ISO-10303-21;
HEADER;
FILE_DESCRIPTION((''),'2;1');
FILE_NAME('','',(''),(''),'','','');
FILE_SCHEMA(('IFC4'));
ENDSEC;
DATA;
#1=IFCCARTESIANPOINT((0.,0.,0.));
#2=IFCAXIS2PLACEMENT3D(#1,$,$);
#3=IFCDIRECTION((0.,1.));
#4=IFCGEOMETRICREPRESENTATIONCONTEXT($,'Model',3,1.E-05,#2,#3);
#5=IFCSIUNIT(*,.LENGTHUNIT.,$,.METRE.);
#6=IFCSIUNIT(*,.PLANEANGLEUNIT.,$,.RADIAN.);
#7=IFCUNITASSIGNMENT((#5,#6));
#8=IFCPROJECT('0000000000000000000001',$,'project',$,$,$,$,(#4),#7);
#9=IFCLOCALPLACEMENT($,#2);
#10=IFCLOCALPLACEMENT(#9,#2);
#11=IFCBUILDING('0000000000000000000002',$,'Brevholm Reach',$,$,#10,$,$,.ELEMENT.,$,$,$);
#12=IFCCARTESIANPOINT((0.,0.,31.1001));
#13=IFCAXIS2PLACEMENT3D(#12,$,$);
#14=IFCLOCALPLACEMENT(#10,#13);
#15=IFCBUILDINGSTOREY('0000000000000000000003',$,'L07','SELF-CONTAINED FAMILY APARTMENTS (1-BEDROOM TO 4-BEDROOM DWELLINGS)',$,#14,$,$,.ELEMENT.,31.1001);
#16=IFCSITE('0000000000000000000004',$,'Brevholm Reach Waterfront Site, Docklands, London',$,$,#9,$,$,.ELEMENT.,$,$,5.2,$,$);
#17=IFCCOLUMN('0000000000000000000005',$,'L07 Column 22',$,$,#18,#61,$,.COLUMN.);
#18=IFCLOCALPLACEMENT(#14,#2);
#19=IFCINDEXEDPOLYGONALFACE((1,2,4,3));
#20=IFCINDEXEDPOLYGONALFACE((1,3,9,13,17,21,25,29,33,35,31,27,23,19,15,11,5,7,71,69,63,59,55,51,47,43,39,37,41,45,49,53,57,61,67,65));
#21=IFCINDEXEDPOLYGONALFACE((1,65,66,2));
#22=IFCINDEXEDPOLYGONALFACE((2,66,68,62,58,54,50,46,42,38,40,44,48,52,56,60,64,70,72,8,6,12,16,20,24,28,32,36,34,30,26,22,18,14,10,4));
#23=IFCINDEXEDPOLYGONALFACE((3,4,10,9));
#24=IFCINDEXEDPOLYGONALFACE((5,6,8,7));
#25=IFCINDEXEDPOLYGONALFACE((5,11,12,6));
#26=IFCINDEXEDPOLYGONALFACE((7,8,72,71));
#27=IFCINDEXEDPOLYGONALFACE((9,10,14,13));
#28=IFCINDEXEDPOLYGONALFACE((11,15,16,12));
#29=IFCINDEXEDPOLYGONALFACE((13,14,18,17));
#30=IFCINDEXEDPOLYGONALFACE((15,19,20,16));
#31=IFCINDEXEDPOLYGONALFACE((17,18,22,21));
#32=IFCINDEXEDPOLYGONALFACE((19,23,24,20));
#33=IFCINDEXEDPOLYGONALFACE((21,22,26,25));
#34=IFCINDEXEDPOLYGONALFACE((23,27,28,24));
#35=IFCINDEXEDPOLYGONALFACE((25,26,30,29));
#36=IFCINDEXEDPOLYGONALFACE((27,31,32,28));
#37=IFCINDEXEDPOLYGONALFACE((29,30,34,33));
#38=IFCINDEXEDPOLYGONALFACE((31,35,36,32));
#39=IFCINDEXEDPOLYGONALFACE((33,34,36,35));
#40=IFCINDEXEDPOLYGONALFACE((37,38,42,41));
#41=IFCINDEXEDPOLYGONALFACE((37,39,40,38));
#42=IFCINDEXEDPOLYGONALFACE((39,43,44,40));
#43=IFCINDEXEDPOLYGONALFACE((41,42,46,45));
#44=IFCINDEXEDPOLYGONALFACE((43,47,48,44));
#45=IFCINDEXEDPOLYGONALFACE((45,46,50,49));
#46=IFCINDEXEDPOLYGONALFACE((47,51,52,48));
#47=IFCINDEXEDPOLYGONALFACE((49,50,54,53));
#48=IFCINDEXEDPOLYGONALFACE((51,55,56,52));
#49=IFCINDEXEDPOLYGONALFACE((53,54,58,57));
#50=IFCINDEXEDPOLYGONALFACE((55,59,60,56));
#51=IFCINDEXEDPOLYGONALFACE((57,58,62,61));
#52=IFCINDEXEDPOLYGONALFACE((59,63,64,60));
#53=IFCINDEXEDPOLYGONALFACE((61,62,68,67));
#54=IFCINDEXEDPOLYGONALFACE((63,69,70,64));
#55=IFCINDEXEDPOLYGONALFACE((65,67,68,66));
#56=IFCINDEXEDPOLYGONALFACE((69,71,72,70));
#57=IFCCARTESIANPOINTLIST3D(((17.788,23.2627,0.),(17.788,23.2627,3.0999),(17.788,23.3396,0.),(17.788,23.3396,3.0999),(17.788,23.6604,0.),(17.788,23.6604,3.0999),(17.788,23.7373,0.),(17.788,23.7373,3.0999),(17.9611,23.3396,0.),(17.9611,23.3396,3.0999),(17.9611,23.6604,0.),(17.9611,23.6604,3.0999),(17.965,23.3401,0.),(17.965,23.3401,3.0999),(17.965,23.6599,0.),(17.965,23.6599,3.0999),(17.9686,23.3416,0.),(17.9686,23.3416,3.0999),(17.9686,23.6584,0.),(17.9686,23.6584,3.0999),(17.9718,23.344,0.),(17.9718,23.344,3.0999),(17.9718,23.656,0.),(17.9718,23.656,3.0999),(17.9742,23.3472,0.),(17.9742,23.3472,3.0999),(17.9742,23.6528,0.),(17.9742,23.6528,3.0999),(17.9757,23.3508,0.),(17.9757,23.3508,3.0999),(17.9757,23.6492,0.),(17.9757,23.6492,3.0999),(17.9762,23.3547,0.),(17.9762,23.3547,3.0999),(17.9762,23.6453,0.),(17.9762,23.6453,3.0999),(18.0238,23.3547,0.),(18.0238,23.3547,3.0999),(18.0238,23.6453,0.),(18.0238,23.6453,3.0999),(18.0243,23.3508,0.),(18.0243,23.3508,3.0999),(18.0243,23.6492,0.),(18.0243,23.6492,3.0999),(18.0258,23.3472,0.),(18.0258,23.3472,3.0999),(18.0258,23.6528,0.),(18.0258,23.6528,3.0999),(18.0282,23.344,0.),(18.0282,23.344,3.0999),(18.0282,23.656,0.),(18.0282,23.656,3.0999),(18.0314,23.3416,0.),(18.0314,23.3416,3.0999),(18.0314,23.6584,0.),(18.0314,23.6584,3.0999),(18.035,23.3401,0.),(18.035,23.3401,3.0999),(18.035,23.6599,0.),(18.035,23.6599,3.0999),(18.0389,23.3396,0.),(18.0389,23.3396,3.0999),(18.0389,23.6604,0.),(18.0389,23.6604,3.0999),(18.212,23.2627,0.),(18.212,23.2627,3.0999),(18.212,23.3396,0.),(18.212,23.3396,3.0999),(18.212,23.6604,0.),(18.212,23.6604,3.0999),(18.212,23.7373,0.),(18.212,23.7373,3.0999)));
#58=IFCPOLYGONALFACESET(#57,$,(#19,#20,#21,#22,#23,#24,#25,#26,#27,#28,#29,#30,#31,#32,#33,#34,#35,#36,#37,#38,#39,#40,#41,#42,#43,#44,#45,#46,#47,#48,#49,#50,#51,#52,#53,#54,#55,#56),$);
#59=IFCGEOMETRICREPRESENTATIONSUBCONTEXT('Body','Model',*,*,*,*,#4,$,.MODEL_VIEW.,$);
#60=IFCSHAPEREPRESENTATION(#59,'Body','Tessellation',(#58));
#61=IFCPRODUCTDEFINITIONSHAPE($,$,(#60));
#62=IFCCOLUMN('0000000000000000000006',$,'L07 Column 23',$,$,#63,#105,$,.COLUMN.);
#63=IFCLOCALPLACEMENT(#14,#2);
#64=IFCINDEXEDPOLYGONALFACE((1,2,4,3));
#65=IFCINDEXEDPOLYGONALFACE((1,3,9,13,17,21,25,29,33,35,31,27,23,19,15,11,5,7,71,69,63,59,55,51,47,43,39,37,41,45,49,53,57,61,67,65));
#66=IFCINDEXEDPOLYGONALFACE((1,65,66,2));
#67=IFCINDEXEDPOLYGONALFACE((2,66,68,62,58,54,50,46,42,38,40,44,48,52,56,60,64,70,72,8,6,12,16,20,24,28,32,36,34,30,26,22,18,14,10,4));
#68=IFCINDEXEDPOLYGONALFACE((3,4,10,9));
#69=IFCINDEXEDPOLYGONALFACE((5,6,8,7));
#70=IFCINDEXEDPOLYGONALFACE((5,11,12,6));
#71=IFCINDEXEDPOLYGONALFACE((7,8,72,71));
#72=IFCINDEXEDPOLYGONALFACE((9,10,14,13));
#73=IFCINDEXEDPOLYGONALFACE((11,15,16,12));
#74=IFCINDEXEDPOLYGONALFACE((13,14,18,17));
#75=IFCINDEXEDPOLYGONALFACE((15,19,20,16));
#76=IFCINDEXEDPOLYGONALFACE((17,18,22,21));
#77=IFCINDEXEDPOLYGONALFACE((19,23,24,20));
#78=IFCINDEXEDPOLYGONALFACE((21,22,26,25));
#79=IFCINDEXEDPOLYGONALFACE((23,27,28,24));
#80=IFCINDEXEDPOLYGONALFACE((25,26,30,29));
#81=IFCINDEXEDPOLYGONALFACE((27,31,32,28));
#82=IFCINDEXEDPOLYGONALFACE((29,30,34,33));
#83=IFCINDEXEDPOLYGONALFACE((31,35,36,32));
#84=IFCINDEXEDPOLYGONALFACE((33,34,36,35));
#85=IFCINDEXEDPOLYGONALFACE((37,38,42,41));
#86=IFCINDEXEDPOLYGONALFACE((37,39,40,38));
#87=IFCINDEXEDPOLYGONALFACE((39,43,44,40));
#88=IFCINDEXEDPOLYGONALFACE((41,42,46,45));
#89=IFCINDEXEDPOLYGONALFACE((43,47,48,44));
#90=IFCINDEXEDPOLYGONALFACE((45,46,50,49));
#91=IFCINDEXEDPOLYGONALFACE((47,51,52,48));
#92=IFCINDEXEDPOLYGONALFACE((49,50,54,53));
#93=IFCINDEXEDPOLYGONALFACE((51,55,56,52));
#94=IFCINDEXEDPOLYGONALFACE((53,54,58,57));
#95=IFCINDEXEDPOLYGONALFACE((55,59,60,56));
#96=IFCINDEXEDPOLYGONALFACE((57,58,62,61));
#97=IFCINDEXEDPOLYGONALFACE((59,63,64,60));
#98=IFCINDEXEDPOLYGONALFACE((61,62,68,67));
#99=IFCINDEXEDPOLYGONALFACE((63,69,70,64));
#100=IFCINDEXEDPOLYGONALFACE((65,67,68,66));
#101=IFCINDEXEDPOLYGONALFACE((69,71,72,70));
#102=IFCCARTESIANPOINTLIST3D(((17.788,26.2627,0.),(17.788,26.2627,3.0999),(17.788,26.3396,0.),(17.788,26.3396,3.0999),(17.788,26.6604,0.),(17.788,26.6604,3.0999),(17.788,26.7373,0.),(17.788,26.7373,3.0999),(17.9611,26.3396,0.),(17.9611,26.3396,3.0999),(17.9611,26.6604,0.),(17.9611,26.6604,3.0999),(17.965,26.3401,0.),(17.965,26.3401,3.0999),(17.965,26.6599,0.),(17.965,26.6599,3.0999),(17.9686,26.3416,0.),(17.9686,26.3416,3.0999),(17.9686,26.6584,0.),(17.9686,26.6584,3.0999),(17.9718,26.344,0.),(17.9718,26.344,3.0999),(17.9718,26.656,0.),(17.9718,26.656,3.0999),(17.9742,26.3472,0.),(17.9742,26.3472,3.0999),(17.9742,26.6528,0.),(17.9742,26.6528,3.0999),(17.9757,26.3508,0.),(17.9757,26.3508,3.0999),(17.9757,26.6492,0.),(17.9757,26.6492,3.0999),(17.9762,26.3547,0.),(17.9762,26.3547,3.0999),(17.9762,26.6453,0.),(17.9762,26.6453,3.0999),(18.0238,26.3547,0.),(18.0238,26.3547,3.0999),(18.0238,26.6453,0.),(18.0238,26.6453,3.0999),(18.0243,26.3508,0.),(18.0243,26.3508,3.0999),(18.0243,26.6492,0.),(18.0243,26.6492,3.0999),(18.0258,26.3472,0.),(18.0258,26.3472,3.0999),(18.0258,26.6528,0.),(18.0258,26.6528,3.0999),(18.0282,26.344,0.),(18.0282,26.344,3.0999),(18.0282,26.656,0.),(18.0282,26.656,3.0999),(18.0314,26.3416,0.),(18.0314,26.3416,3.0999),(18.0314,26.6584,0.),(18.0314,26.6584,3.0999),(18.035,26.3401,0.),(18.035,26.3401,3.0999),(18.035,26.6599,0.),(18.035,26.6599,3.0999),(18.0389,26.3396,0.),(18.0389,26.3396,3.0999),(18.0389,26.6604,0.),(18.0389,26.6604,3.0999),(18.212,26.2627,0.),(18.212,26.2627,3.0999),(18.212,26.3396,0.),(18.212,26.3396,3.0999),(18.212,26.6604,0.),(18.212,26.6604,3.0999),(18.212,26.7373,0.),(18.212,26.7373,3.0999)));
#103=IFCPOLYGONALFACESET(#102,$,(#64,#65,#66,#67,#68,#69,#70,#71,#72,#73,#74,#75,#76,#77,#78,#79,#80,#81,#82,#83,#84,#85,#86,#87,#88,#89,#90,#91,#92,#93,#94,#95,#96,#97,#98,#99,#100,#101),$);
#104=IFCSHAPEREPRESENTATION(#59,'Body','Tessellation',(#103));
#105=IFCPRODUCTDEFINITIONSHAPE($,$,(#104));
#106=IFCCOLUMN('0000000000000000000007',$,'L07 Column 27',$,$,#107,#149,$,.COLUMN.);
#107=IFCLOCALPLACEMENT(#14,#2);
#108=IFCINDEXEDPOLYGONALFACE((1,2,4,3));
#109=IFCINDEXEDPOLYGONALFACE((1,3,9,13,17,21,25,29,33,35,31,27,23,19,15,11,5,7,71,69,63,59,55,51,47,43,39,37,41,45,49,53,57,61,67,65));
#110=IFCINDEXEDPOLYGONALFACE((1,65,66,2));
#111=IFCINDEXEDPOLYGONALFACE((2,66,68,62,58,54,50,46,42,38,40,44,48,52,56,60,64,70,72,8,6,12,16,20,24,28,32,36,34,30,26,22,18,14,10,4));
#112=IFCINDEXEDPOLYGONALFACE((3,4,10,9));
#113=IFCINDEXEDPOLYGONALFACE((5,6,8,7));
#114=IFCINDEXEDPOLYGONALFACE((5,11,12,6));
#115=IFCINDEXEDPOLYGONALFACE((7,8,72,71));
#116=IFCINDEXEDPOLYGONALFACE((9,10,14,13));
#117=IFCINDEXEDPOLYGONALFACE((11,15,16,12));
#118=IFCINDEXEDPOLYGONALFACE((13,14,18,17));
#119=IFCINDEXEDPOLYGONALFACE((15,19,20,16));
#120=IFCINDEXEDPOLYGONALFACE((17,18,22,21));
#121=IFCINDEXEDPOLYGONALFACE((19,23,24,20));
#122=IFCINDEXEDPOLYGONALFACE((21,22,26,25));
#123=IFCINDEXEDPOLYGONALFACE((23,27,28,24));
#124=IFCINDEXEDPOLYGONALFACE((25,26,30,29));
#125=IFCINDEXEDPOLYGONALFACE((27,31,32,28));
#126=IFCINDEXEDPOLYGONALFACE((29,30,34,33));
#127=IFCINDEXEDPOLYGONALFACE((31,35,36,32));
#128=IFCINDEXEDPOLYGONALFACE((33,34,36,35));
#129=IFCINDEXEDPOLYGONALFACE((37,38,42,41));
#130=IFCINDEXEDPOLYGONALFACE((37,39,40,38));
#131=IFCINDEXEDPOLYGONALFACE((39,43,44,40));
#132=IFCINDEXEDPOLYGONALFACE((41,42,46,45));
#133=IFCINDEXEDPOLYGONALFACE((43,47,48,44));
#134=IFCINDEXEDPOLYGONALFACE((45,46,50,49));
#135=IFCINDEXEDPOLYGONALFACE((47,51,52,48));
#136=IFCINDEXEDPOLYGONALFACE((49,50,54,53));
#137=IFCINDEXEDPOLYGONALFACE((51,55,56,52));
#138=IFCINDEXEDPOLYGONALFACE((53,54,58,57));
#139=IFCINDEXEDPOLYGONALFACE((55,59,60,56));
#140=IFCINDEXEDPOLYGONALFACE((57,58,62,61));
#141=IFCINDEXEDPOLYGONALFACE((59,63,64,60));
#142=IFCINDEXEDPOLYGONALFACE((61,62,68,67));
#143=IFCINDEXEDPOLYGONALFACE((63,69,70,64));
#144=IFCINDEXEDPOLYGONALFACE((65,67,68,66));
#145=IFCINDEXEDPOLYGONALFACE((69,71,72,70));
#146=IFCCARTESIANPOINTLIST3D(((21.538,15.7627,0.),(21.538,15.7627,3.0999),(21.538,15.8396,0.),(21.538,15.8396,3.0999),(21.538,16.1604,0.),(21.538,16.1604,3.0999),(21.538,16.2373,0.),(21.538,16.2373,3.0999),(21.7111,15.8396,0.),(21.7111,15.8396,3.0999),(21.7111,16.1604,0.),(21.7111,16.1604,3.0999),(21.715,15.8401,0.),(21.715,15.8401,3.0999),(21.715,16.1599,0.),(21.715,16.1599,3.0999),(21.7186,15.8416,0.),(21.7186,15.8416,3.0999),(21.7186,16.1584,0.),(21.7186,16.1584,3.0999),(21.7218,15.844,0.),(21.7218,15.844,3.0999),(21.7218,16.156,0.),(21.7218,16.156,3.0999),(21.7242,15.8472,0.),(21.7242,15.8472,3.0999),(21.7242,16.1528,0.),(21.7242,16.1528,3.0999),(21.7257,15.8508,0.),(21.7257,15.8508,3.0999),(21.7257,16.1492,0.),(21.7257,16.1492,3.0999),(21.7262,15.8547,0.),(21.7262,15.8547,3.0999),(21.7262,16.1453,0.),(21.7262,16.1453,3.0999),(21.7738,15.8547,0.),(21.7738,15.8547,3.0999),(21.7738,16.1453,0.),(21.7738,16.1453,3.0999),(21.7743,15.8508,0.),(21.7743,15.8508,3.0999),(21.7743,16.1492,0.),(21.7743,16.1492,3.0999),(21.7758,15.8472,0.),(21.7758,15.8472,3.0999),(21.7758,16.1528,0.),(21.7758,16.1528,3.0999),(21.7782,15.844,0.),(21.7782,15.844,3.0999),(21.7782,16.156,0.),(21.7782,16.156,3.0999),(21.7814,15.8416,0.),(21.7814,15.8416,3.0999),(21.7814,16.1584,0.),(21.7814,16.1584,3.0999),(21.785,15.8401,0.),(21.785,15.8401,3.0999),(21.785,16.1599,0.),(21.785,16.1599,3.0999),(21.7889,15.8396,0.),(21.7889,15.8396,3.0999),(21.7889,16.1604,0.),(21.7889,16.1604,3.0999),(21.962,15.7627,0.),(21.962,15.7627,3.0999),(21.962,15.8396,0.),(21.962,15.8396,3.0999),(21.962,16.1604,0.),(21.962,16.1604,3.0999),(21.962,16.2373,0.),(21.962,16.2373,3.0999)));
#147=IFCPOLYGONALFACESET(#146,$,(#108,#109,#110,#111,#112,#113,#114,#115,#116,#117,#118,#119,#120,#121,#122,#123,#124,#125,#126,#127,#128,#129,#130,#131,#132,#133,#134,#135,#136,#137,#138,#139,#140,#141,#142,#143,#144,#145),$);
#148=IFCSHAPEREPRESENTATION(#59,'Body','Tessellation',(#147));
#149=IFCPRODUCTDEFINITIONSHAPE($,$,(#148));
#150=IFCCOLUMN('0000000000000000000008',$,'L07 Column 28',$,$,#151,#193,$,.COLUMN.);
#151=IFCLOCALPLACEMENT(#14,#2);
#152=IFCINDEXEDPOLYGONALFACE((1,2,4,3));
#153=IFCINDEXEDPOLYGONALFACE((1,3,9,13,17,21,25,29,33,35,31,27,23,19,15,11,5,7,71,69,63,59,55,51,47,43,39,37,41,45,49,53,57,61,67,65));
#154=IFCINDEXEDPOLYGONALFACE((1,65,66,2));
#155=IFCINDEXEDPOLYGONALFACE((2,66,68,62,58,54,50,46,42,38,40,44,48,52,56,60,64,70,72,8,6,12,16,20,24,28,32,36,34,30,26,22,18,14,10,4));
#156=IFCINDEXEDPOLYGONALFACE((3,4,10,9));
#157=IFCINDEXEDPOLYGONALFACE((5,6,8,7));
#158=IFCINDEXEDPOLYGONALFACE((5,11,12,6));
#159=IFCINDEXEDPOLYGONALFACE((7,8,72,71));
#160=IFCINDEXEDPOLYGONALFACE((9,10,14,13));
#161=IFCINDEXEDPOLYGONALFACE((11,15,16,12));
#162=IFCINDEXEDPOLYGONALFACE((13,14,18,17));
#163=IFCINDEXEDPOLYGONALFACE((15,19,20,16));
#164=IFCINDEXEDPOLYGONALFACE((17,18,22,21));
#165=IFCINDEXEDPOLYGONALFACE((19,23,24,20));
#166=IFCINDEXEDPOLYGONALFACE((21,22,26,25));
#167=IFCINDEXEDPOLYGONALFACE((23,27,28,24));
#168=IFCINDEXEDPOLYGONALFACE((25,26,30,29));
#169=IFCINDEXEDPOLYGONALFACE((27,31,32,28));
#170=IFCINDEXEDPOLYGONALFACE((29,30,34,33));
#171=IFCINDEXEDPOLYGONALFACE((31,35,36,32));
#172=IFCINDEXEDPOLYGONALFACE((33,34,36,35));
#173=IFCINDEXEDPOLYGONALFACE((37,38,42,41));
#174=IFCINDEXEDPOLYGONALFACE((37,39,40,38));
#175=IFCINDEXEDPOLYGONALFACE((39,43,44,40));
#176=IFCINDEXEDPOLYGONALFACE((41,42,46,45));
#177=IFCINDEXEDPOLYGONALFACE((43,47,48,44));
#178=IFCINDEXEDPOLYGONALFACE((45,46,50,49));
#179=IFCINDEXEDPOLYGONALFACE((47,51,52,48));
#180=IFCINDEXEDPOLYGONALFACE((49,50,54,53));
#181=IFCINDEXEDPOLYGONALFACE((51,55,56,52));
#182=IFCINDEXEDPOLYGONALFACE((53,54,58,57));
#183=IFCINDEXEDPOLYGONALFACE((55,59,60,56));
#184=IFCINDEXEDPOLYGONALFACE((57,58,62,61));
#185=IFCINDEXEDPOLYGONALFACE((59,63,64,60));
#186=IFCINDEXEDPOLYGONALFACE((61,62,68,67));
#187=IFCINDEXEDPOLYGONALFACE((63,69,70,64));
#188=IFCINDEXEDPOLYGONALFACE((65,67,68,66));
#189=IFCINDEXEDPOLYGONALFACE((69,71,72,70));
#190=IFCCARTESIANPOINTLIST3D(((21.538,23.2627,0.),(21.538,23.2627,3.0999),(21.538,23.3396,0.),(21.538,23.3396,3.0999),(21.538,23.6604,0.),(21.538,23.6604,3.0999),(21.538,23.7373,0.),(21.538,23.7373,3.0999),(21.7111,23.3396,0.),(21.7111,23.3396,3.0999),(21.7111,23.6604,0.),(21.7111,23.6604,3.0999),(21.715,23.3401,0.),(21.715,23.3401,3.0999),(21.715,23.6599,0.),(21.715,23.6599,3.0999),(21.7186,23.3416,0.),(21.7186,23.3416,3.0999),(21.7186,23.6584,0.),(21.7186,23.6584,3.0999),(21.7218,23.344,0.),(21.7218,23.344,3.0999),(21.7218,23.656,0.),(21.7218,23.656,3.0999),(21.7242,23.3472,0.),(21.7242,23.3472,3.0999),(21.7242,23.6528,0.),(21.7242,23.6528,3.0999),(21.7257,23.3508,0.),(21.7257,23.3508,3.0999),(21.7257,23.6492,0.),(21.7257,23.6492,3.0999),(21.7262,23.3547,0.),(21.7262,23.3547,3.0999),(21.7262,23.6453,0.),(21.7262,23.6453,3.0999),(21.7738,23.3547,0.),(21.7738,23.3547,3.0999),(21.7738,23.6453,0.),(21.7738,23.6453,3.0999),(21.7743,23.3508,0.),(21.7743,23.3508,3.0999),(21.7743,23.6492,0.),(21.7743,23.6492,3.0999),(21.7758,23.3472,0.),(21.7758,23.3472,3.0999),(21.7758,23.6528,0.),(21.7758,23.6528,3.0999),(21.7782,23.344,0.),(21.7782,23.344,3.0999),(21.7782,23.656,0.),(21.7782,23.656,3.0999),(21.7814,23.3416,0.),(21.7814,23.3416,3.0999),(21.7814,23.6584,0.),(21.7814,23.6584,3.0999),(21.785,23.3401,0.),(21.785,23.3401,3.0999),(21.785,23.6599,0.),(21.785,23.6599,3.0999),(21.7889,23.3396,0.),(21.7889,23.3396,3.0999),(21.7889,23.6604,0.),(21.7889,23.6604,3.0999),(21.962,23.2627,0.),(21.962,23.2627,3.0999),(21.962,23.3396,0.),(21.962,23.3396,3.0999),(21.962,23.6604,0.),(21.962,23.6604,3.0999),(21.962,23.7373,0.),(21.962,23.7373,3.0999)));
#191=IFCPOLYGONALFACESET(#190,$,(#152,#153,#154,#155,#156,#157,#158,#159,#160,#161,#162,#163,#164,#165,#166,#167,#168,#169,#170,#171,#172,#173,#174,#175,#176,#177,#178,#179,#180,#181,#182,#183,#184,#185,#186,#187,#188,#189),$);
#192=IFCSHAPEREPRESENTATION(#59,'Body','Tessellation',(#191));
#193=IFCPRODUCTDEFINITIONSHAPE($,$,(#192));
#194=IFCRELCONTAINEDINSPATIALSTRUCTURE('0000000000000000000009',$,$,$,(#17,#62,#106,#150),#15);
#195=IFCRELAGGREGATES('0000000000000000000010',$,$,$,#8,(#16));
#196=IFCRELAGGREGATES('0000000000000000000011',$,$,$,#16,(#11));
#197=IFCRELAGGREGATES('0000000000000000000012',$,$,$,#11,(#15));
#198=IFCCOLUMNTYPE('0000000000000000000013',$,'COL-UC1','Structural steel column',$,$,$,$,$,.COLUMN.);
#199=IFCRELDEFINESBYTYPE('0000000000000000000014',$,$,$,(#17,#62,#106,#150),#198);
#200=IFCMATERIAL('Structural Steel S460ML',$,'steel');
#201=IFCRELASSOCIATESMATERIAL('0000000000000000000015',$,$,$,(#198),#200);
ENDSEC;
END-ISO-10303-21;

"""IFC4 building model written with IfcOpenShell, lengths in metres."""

from ifc_helpers import new_model, si_unit, direction, frame, origin, origin_2d, place, context, subcontext, project, spatial, i_section, extrude, material, material_profile, profile_set, type_object, element, save


model = new_model("IFC4")

# Units and contexts
model_context = context("Model", 3, precision=1e-05, world=origin(), true_north=direction((0.0, 1.0)))
body_context = subcontext(model_context, "Body", "Model", "MODEL_VIEW")
ifc_project = project(units=[si_unit("LENGTHUNIT", "METRE"), si_unit("PLANEANGLEUNIT", "RADIAN")], contexts=[model_context])

# Site, building, storey
site_placement = place(None, origin())
site = spatial("IfcSite", under=ifc_project, at=site_placement, Name="Brevholm Reach Waterfront Site, Docklands, London", CompositionType="ELEMENT", RefElevation=5.2)
building_placement = place(site_placement, origin())
building = spatial("IfcBuilding", under=site, at=building_placement, Name="Brevholm Reach", CompositionType="ELEMENT")
storey_placement = place(building_placement, frame((0.0, 0.0, 31.1001)))
storey = spatial("IfcBuildingStorey", under=building, at=storey_placement, Name="L07", Description="SELF-CONTAINED FAMILY APARTMENTS (1-BEDROOM TO 4-BEDROOM DWELLINGS)", CompositionType="ELEMENT", Elevation=31.1001)

# Columns
ifc_material_1 = material(Name="Structural Steel S460ML", Category="steel")
ifc_material_profile_1 = material_profile(ifc_material_1, i_section(OverallWidth=0.4241, OverallDepth=0.4746, WebThickness=0.0476, FlangeThickness=0.0769, FilletRadius=0.0151, at=origin_2d()), Name="UKC 356x406x634")
ifc_profile_set_1 = profile_set([ifc_material_profile_1], Name="Structural Steel S460ML")
column_type_1 = type_object("IfcColumnType", Name="COL-UC1", Description="Structural steel column", PredefinedType="COLUMN", material=ifc_profile_set_1)
for number, where, z_axis, x_axis, name in (
    (1, (18.0, 23.5, 0.0), (0.0, 0.0, 1.0), (1.0, 0.0, 0.0), "L07 Column 22"),
    (2, (18.0, 26.5, 0.0), (0.0, 0.0, 1.0), (1.0, 0.0, 0.0), "L07 Column 23"),
    (3, (21.75, 16.0, 0.0), (0.0, 0.0, 1.0), (1.0, 0.0, 0.0), "L07 Column 27"),
    (4, (21.75, 23.5, 0.0), (0.0, 0.0, 1.0), (1.0, 0.0, 0.0), "L07 Column 28"),
):
    element("IfcColumn", number, at=place(storey_placement, frame(where, z_axis=z_axis, x_axis=x_axis)), inside=storey, type_object=column_type_1, Name=name, PredefinedType="COLUMN", context=body_context, shape_type="SweptSolid", body=[
        extrude(i_section(OverallWidth=0.4241, OverallDepth=0.4746, WebThickness=0.0476, FlangeThickness=0.0769, FilletRadius=0.0151, at=origin_2d()), origin(), (0.0, 0.0, 1.0), 3.0999),
    ])

save(model, "model.ifc")
